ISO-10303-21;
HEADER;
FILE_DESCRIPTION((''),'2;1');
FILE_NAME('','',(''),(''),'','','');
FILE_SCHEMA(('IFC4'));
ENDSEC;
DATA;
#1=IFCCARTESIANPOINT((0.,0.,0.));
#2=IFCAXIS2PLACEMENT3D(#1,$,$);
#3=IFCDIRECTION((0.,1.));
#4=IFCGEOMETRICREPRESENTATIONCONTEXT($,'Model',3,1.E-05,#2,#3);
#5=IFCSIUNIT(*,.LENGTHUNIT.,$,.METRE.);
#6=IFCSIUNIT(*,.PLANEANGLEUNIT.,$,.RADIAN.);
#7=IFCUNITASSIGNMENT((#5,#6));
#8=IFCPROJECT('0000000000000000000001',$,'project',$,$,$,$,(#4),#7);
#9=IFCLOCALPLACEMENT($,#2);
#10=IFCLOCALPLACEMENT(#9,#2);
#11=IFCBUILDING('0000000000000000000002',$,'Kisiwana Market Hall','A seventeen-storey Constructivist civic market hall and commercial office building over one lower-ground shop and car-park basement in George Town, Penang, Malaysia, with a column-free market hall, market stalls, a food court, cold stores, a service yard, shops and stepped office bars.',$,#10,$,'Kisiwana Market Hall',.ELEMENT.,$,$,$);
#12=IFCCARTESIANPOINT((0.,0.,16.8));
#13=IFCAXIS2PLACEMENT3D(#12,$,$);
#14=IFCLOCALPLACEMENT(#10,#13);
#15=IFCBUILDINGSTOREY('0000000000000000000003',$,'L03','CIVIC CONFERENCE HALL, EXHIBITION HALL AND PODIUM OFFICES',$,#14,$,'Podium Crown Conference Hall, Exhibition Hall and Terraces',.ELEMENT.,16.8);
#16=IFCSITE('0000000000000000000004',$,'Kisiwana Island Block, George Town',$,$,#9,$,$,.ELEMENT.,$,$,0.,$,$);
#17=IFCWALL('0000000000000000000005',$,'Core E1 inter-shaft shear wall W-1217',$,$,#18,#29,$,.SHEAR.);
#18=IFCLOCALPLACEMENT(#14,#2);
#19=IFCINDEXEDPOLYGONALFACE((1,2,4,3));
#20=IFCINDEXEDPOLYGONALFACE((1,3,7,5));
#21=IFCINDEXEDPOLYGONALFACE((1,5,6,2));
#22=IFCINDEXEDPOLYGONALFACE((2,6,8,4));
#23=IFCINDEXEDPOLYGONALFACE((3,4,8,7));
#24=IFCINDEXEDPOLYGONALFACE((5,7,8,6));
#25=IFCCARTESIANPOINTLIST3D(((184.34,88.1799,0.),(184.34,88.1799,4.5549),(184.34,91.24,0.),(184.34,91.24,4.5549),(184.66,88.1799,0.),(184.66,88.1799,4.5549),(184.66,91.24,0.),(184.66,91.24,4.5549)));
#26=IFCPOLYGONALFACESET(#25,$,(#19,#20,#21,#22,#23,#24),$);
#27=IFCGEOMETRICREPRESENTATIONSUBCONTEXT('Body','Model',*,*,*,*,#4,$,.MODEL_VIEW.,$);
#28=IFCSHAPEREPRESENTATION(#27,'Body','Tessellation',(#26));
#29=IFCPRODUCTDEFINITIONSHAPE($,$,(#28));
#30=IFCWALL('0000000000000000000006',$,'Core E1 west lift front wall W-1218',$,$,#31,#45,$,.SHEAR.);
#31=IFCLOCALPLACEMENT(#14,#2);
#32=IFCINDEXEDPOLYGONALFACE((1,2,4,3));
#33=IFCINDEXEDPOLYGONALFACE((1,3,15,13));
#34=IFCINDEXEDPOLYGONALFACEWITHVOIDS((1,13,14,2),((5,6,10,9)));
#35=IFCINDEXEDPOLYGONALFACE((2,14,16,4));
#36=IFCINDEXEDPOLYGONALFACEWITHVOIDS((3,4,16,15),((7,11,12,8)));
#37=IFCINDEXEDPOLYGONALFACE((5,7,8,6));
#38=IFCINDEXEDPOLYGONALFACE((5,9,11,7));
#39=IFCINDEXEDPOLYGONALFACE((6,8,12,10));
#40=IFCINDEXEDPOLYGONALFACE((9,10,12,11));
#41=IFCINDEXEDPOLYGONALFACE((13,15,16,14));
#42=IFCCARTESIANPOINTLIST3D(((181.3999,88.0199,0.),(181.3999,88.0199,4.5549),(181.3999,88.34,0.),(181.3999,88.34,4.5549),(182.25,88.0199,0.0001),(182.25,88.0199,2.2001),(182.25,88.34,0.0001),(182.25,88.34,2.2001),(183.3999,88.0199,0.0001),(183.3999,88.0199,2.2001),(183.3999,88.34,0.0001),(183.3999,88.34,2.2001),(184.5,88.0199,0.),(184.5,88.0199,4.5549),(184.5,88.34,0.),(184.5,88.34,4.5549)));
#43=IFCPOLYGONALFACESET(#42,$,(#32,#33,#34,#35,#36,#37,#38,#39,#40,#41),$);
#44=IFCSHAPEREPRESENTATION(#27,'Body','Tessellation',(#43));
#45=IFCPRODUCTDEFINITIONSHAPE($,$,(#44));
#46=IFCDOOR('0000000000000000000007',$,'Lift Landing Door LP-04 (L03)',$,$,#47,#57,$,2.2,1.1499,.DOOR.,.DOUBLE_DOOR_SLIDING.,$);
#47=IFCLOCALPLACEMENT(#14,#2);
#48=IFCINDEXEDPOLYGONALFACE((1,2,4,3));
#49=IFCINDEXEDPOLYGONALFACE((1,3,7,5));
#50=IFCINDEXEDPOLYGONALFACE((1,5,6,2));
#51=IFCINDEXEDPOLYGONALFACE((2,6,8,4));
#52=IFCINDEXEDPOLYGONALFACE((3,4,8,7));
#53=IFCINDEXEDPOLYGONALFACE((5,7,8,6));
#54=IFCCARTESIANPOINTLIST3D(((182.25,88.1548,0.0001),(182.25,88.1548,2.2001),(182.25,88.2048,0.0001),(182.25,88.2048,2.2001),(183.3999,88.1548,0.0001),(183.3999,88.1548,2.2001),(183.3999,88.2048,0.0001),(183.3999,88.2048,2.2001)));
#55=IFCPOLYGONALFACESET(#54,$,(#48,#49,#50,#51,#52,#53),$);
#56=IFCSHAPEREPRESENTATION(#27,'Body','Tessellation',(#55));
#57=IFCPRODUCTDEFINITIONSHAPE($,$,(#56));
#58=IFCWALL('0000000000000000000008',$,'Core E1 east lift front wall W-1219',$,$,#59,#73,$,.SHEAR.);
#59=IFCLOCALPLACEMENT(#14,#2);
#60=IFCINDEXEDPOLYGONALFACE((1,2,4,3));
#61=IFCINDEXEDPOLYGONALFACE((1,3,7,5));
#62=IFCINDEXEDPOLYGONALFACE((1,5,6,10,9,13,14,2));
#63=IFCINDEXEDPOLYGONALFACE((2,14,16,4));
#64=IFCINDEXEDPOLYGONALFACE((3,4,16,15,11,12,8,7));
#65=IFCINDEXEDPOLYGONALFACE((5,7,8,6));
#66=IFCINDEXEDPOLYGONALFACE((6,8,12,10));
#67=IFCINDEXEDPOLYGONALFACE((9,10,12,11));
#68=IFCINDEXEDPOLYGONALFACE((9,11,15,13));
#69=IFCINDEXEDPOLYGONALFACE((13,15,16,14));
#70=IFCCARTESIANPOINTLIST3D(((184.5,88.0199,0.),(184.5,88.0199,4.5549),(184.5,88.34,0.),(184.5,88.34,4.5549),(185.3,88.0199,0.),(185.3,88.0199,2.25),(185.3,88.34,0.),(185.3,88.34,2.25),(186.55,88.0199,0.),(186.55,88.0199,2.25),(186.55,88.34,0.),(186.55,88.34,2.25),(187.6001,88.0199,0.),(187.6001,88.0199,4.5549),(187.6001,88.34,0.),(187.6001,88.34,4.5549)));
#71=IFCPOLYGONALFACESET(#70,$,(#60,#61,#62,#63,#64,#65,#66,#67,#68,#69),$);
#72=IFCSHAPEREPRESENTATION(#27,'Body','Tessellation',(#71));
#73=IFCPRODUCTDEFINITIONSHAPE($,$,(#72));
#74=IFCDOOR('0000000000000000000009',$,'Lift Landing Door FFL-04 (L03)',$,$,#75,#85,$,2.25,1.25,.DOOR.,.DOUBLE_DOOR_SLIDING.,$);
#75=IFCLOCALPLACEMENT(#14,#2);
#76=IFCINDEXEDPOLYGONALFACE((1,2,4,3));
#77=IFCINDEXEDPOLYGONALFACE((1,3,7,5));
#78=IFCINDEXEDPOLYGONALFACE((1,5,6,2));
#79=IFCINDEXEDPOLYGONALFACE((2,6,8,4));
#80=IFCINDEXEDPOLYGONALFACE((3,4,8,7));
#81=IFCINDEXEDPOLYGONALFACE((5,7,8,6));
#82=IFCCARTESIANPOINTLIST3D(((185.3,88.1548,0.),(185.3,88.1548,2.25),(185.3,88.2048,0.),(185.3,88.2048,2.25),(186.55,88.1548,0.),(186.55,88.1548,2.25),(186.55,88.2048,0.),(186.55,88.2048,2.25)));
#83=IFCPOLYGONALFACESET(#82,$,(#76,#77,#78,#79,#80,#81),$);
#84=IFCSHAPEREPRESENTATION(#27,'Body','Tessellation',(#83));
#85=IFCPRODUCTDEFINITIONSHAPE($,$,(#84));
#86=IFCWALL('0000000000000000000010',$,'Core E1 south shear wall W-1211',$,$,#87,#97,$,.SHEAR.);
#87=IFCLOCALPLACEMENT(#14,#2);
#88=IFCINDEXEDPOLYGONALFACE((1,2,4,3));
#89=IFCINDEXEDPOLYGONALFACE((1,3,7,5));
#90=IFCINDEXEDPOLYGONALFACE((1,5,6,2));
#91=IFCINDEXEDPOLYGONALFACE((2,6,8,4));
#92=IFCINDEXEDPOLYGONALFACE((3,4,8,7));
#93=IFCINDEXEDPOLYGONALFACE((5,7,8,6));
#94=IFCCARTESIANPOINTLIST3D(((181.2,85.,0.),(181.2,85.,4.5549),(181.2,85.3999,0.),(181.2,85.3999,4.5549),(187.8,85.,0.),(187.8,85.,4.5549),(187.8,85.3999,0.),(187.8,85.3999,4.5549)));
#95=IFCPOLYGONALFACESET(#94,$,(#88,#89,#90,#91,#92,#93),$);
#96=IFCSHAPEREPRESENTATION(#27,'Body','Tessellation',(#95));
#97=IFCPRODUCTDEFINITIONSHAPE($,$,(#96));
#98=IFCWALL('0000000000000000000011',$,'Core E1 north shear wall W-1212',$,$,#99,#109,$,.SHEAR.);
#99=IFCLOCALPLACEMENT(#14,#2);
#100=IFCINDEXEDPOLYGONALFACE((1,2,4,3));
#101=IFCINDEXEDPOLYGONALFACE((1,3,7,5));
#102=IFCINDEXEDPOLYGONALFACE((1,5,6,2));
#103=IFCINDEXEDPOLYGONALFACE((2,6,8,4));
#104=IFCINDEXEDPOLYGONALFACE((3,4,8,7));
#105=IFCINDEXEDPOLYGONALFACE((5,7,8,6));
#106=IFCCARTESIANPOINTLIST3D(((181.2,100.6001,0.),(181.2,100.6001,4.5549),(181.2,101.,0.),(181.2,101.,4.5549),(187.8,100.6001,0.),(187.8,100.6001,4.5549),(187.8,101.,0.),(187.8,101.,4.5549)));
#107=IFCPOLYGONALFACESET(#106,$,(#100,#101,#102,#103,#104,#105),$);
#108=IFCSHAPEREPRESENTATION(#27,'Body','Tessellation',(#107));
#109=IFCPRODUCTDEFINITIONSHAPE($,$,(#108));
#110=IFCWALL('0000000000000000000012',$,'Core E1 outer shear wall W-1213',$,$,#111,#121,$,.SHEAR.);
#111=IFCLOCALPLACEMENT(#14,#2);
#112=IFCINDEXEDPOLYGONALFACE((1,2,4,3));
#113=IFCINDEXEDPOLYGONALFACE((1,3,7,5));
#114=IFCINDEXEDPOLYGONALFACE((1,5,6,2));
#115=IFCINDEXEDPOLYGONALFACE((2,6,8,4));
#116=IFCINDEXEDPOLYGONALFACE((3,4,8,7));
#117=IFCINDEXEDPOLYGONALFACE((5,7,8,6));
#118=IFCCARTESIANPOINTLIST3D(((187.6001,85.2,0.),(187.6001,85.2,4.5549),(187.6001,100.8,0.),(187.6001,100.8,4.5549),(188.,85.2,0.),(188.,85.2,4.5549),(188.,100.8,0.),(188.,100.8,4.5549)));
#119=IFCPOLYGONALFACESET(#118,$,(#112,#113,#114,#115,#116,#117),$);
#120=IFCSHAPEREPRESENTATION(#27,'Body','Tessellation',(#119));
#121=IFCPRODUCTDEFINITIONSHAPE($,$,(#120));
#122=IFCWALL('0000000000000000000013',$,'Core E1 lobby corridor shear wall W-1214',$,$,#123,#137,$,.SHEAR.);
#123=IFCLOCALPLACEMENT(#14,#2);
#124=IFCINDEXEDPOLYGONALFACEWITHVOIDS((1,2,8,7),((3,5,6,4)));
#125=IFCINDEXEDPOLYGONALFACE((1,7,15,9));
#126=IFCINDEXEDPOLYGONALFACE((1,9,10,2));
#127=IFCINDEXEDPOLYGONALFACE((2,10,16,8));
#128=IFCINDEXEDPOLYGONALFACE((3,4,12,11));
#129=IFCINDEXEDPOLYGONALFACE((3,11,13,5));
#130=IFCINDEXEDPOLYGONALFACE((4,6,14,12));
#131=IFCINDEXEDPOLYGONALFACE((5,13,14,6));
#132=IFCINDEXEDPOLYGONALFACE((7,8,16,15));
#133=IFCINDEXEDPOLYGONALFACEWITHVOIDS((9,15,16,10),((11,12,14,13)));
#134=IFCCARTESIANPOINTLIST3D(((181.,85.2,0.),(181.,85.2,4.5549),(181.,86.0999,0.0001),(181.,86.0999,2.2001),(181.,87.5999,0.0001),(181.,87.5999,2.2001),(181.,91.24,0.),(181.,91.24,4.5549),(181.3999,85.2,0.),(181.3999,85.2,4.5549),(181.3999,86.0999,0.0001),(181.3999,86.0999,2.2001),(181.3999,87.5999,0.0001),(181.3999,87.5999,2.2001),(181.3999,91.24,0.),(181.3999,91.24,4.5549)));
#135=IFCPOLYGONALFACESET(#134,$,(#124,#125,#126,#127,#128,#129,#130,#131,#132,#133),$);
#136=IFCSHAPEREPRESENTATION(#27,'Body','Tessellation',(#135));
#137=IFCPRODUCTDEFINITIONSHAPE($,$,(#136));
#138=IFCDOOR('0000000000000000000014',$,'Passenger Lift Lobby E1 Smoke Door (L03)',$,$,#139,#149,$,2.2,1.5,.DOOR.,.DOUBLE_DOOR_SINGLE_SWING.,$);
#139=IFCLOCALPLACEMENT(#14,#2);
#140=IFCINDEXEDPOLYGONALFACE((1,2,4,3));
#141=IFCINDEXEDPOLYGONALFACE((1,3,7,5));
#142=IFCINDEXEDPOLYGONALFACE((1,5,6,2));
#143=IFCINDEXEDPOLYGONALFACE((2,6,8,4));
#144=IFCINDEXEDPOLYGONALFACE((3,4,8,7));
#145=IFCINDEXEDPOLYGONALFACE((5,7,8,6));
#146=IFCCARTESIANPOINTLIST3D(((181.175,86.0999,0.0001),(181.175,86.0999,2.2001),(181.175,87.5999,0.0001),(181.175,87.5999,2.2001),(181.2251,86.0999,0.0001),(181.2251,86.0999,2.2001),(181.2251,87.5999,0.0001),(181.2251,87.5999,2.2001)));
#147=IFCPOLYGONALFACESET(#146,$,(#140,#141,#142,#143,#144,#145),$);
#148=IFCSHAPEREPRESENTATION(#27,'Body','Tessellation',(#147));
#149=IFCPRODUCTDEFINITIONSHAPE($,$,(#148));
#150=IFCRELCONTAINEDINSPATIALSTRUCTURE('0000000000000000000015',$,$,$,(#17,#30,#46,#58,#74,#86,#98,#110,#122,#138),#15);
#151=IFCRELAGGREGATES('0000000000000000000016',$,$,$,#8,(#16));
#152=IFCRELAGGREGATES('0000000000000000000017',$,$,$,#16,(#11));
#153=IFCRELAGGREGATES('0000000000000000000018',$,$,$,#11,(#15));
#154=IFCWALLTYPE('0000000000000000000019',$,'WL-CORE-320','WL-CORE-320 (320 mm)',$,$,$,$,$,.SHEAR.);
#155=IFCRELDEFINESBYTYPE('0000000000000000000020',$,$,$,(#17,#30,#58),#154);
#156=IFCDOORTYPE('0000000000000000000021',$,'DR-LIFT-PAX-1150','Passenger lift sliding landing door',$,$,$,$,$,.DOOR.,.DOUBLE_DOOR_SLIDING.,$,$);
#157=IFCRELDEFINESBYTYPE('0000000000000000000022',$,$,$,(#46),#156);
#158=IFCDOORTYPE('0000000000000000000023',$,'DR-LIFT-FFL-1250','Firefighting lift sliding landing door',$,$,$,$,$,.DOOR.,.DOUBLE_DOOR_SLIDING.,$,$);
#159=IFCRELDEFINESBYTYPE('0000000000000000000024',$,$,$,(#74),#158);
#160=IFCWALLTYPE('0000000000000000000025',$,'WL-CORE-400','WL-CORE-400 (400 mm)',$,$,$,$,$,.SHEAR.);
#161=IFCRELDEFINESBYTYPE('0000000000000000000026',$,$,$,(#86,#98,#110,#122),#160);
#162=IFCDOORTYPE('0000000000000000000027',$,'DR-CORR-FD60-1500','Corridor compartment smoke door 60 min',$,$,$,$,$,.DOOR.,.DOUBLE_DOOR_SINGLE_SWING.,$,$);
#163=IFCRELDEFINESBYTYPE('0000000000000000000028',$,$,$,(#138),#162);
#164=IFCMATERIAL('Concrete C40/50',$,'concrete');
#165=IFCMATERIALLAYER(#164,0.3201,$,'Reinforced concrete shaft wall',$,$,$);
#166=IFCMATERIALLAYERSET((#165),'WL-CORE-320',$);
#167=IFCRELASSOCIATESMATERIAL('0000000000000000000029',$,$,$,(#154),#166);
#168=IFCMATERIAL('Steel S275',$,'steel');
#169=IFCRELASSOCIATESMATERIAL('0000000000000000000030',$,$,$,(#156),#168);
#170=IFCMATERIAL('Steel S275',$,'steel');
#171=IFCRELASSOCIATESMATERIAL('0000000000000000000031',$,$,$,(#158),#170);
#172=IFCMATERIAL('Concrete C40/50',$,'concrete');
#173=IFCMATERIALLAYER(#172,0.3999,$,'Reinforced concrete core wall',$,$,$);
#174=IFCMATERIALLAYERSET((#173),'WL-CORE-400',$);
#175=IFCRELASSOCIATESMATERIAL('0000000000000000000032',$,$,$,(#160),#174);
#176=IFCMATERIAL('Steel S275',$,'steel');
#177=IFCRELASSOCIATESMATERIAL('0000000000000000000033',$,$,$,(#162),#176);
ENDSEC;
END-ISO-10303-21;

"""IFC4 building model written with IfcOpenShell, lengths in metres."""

from ifc_helpers import new_model, si_unit, direction, frame, frame_2d, origin, place, context, subcontext, project, spatial, rectangle, extrude, material, layer, layer_set, type_object, element, fill, save


model = new_model("IFC4")

# Units and contexts
model_context = context("Model", 3, precision=1e-05, world=origin(), true_north=direction((0.0, 1.0)))
body_context = subcontext(model_context, "Body", "Model", "MODEL_VIEW")
ifc_project = project(units=[si_unit("LENGTHUNIT", "METRE"), si_unit("PLANEANGLEUNIT", "RADIAN")], contexts=[model_context])

# Site, building, storey
site_placement = place(None, origin())
site = spatial("IfcSite", under=ifc_project, at=site_placement, Name="Kisiwana Island Block, George Town", CompositionType="ELEMENT", RefElevation=0.0)
building_placement = place(site_placement, origin())
building = spatial("IfcBuilding", under=site, at=building_placement, Name="Kisiwana Market Hall", Description="A seventeen-storey Constructivist civic market hall and commercial office building over one lower-ground shop and car-park basement in George Town, Penang, Malaysia, with a column-free market hall, market stalls, a food court, cold stores, a service yard, shops and stepped office bars.", LongName="Kisiwana Market Hall", CompositionType="ELEMENT")
storey_placement = place(building_placement, frame((0.0, 0.0, 16.8)))
storey = spatial("IfcBuildingStorey", under=building, at=storey_placement, Name="L03", Description="CIVIC CONFERENCE HALL, EXHIBITION HALL AND PODIUM OFFICES", LongName="Podium Crown Conference Hall, Exhibition Hall and Terraces", CompositionType="ELEMENT", Elevation=16.8)

# Wall
ifc_material_1 = material(Name="Concrete C40/50", Category="concrete")
ifc_layer_1 = layer(ifc_material_1, 0.3201, Name="Reinforced concrete shaft wall")
ifc_layer_set_1 = layer_set([ifc_layer_1], Name="WL-CORE-320")
wall_type_1 = type_object("IfcWallType", Name="WL-CORE-320", Description="WL-CORE-320 (320 mm)", PredefinedType="SHEAR", material=ifc_layer_set_1)
wall_1_placement = place(storey_placement, frame((184.5, 88.1799, 0.0), z_axis=(0.0, 0.0, 1.0), x_axis=(0.0, 1.0, 0.0)))
element("IfcWall", 1, at=wall_1_placement, inside=storey, type_object=wall_type_1, Name="Core E1 inter-shaft shear wall W-1217", PredefinedType="SHEAR", context=body_context, shape_type="SweptSolid", body=[
    extrude(rectangle(XDim=3.0601, YDim=0.3201, at=frame_2d((1.53, 0.0))), origin(), (0.0, 0.0, 1.0), 4.5549),
])

# Walls, openings, doors
wall_2_placement = place(storey_placement, frame((181.3999, 88.1799, 0.0), z_axis=(0.0, 0.0, 1.0), x_axis=(1.0, 0.0, 0.0)))
wall_2 = element("IfcWall", 2, at=wall_2_placement, inside=storey, type_object=wall_type_1, Name="Core E1 west lift front wall W-1218", PredefinedType="SHEAR", context=body_context, shape_type="SweptSolid", body=[
    extrude(rectangle(XDim=3.1001, YDim=0.3201, at=frame_2d((1.55, 0.0))), origin(), (0.0, 0.0, 1.0), 4.5549),
])
opening_1_placement = place(wall_2_placement, frame((0.8501, 0.0, 0.0)))
opening_1 = element("IfcOpeningElement", 3, at=opening_1_placement, cuts=wall_2, PredefinedType="OPENING", context=body_context, shape_type="SweptSolid", body=[
    extrude(rectangle(XDim=1.1499, YDim=2.2, at=frame_2d((0.575, 1.1001))), frame((0.0, 0.1719, 0.0), z_axis=(0.0, -1.0, 0.0), x_axis=(1.0, 0.0, 0.0)), (0.0, 0.0, 1.0), 0.344),
])
ifc_material_2 = material(Name="Steel S275", Category="steel")
door_type_1 = type_object("IfcDoorType", Name="DR-LIFT-PAX-1150", Description="Passenger lift sliding landing door", OperationType="DOUBLE_DOOR_SLIDING", PredefinedType="DOOR", material=ifc_material_2)
door_1_placement = place(opening_1_placement, origin())
door_1 = element("IfcDoor", 4, at=door_1_placement, inside=storey, type_object=door_type_1, Name="Lift Landing Door LP-04 (L03)", OperationType="DOUBLE_DOOR_SLIDING", OverallHeight=2.2, OverallWidth=1.1499, PredefinedType="DOOR", context=body_context, shape_type="SweptSolid", body=[
    extrude(rectangle(XDim=1.1499, YDim=2.2, at=frame_2d((0.575, 1.1001))), frame((0.0, 0.0249, 0.0), z_axis=(0.0, -1.0, 0.0), x_axis=(1.0, 0.0, 0.0)), (0.0, 0.0, 1.0), 0.05),
])
fill(opening_1, door_1)
wall_3_placement = place(storey_placement, frame((184.5, 88.1799, 0.0), z_axis=(0.0, 0.0, 1.0), x_axis=(1.0, 0.0, 0.0)))
wall_3 = element("IfcWall", 5, at=wall_3_placement, inside=storey, type_object=wall_type_1, Name="Core E1 east lift front wall W-1219", PredefinedType="SHEAR", context=body_context, shape_type="SweptSolid", body=[
    extrude(rectangle(XDim=3.1001, YDim=0.3201, at=frame_2d((1.55, 0.0))), origin(), (0.0, 0.0, 1.0), 4.5549),
])
opening_2_placement = place(wall_3_placement, frame((0.8, 0.0, 0.0)))
opening_2 = element("IfcOpeningElement", 6, at=opening_2_placement, cuts=wall_3, PredefinedType="OPENING", context=body_context, shape_type="SweptSolid", body=[
    extrude(rectangle(XDim=1.25, YDim=2.25, at=frame_2d((0.625, 1.125))), frame((0.0, 0.1719, 0.0), z_axis=(0.0, -1.0, 0.0), x_axis=(1.0, 0.0, 0.0)), (0.0, 0.0, 1.0), 0.344),
])
ifc_material_3 = material(Name="Steel S275", Category="steel")
door_type_2 = type_object("IfcDoorType", Name="DR-LIFT-FFL-1250", Description="Firefighting lift sliding landing door", OperationType="DOUBLE_DOOR_SLIDING", PredefinedType="DOOR", material=ifc_material_3)
door_2_placement = place(opening_2_placement, origin())
door_2 = element("IfcDoor", 7, at=door_2_placement, inside=storey, type_object=door_type_2, Name="Lift Landing Door FFL-04 (L03)", OperationType="DOUBLE_DOOR_SLIDING", OverallHeight=2.25, OverallWidth=1.25, PredefinedType="DOOR", context=body_context, shape_type="SweptSolid", body=[
    extrude(rectangle(XDim=1.25, YDim=2.25, at=frame_2d((0.625, 1.125))), frame((0.0, 0.0249, 0.0), z_axis=(0.0, -1.0, 0.0), x_axis=(1.0, 0.0, 0.0)), (0.0, 0.0, 1.0), 0.05),
])
fill(opening_2, door_2)

# Walls
ifc_material_4 = material(Name="Concrete C40/50", Category="concrete")
ifc_layer_2 = layer(ifc_material_4, 0.3999, Name="Reinforced concrete core wall")
ifc_layer_set_2 = layer_set([ifc_layer_2], Name="WL-CORE-400")
wall_type_2 = type_object("IfcWallType", Name="WL-CORE-400", Description="WL-CORE-400 (400 mm)", PredefinedType="SHEAR", material=ifc_layer_set_2)
for number, where, z_axis, x_axis, name in (
    (8, (181.2, 85.2, 0.0), (0.0, 0.0, 1.0), (1.0, 0.0, 0.0), "Core E1 south shear wall W-1211"),
    (9, (181.2, 100.8, 0.0), (0.0, 0.0, 1.0), (1.0, 0.0, 0.0), "Core E1 north shear wall W-1212"),
):
    element("IfcWall", number, at=place(storey_placement, frame(where, z_axis=z_axis, x_axis=x_axis)), inside=storey, type_object=wall_type_2, Name=name, PredefinedType="SHEAR", context=body_context, shape_type="SweptSolid", body=[
        extrude(rectangle(XDim=6.6001, YDim=0.3999, at=frame_2d((3.3, 0.0))), origin(), (0.0, 0.0, 1.0), 4.5549),
    ])
wall_4_placement = place(storey_placement, frame((187.8, 85.2, 0.0), z_axis=(0.0, 0.0, 1.0), x_axis=(0.0, 1.0, 0.0)))
element("IfcWall", 10, at=wall_4_placement, inside=storey, type_object=wall_type_2, Name="Core E1 outer shear wall W-1213", PredefinedType="SHEAR", context=body_context, shape_type="SweptSolid", body=[
    extrude(rectangle(XDim=15.6001, YDim=0.3999, at=frame_2d((7.8, 0.0))), origin(), (0.0, 0.0, 1.0), 4.5549),
])

# Wall, opening, door
wall_5_placement = place(storey_placement, frame((181.2, 85.2, 0.0), z_axis=(0.0, 0.0, 1.0), x_axis=(0.0, 1.0, 0.0)))
wall_5 = element("IfcWall", 11, at=wall_5_placement, inside=storey, type_object=wall_type_2, Name="Core E1 lobby corridor shear wall W-1214", PredefinedType="SHEAR", context=body_context, shape_type="SweptSolid", body=[
    extrude(rectangle(XDim=6.04, YDim=0.3999, at=frame_2d((3.02, 0.0))), origin(), (0.0, 0.0, 1.0), 4.5549),
])
opening_3_placement = place(wall_5_placement, frame((0.8999, 0.0, 0.0)))
opening_3 = element("IfcOpeningElement", 12, at=opening_3_placement, cuts=wall_5, PredefinedType="OPENING", context=body_context, shape_type="SweptSolid", body=[
    extrude(rectangle(XDim=1.5, YDim=2.2, at=frame_2d((0.75, 1.1001))), frame((0.0, 0.2119, 0.0), z_axis=(0.0, -1.0, 0.0), x_axis=(1.0, 0.0, 0.0)), (0.0, 0.0, 1.0), 0.4238),
])
ifc_material_5 = material(Name="Steel S275", Category="steel")
door_type_3 = type_object("IfcDoorType", Name="DR-CORR-FD60-1500", Description="Corridor compartment smoke door 60 min", OperationType="DOUBLE_DOOR_SINGLE_SWING", PredefinedType="DOOR", material=ifc_material_5)
door_3_placement = place(opening_3_placement, origin())
door_3 = element("IfcDoor", 13, at=door_3_placement, inside=storey, type_object=door_type_3, Name="Passenger Lift Lobby E1 Smoke Door (L03)", OperationType="DOUBLE_DOOR_SINGLE_SWING", OverallHeight=2.2, OverallWidth=1.5, PredefinedType="DOOR", context=body_context, shape_type="SweptSolid", body=[
    extrude(rectangle(XDim=1.5, YDim=2.2, at=frame_2d((0.75, 1.1001))), frame((0.0, 0.0249, 0.0), z_axis=(0.0, -1.0, 0.0), x_axis=(1.0, 0.0, 0.0)), (0.0, 0.0, 1.0), 0.05),
])
fill(opening_3, door_3)

save(model, "model.ifc")
